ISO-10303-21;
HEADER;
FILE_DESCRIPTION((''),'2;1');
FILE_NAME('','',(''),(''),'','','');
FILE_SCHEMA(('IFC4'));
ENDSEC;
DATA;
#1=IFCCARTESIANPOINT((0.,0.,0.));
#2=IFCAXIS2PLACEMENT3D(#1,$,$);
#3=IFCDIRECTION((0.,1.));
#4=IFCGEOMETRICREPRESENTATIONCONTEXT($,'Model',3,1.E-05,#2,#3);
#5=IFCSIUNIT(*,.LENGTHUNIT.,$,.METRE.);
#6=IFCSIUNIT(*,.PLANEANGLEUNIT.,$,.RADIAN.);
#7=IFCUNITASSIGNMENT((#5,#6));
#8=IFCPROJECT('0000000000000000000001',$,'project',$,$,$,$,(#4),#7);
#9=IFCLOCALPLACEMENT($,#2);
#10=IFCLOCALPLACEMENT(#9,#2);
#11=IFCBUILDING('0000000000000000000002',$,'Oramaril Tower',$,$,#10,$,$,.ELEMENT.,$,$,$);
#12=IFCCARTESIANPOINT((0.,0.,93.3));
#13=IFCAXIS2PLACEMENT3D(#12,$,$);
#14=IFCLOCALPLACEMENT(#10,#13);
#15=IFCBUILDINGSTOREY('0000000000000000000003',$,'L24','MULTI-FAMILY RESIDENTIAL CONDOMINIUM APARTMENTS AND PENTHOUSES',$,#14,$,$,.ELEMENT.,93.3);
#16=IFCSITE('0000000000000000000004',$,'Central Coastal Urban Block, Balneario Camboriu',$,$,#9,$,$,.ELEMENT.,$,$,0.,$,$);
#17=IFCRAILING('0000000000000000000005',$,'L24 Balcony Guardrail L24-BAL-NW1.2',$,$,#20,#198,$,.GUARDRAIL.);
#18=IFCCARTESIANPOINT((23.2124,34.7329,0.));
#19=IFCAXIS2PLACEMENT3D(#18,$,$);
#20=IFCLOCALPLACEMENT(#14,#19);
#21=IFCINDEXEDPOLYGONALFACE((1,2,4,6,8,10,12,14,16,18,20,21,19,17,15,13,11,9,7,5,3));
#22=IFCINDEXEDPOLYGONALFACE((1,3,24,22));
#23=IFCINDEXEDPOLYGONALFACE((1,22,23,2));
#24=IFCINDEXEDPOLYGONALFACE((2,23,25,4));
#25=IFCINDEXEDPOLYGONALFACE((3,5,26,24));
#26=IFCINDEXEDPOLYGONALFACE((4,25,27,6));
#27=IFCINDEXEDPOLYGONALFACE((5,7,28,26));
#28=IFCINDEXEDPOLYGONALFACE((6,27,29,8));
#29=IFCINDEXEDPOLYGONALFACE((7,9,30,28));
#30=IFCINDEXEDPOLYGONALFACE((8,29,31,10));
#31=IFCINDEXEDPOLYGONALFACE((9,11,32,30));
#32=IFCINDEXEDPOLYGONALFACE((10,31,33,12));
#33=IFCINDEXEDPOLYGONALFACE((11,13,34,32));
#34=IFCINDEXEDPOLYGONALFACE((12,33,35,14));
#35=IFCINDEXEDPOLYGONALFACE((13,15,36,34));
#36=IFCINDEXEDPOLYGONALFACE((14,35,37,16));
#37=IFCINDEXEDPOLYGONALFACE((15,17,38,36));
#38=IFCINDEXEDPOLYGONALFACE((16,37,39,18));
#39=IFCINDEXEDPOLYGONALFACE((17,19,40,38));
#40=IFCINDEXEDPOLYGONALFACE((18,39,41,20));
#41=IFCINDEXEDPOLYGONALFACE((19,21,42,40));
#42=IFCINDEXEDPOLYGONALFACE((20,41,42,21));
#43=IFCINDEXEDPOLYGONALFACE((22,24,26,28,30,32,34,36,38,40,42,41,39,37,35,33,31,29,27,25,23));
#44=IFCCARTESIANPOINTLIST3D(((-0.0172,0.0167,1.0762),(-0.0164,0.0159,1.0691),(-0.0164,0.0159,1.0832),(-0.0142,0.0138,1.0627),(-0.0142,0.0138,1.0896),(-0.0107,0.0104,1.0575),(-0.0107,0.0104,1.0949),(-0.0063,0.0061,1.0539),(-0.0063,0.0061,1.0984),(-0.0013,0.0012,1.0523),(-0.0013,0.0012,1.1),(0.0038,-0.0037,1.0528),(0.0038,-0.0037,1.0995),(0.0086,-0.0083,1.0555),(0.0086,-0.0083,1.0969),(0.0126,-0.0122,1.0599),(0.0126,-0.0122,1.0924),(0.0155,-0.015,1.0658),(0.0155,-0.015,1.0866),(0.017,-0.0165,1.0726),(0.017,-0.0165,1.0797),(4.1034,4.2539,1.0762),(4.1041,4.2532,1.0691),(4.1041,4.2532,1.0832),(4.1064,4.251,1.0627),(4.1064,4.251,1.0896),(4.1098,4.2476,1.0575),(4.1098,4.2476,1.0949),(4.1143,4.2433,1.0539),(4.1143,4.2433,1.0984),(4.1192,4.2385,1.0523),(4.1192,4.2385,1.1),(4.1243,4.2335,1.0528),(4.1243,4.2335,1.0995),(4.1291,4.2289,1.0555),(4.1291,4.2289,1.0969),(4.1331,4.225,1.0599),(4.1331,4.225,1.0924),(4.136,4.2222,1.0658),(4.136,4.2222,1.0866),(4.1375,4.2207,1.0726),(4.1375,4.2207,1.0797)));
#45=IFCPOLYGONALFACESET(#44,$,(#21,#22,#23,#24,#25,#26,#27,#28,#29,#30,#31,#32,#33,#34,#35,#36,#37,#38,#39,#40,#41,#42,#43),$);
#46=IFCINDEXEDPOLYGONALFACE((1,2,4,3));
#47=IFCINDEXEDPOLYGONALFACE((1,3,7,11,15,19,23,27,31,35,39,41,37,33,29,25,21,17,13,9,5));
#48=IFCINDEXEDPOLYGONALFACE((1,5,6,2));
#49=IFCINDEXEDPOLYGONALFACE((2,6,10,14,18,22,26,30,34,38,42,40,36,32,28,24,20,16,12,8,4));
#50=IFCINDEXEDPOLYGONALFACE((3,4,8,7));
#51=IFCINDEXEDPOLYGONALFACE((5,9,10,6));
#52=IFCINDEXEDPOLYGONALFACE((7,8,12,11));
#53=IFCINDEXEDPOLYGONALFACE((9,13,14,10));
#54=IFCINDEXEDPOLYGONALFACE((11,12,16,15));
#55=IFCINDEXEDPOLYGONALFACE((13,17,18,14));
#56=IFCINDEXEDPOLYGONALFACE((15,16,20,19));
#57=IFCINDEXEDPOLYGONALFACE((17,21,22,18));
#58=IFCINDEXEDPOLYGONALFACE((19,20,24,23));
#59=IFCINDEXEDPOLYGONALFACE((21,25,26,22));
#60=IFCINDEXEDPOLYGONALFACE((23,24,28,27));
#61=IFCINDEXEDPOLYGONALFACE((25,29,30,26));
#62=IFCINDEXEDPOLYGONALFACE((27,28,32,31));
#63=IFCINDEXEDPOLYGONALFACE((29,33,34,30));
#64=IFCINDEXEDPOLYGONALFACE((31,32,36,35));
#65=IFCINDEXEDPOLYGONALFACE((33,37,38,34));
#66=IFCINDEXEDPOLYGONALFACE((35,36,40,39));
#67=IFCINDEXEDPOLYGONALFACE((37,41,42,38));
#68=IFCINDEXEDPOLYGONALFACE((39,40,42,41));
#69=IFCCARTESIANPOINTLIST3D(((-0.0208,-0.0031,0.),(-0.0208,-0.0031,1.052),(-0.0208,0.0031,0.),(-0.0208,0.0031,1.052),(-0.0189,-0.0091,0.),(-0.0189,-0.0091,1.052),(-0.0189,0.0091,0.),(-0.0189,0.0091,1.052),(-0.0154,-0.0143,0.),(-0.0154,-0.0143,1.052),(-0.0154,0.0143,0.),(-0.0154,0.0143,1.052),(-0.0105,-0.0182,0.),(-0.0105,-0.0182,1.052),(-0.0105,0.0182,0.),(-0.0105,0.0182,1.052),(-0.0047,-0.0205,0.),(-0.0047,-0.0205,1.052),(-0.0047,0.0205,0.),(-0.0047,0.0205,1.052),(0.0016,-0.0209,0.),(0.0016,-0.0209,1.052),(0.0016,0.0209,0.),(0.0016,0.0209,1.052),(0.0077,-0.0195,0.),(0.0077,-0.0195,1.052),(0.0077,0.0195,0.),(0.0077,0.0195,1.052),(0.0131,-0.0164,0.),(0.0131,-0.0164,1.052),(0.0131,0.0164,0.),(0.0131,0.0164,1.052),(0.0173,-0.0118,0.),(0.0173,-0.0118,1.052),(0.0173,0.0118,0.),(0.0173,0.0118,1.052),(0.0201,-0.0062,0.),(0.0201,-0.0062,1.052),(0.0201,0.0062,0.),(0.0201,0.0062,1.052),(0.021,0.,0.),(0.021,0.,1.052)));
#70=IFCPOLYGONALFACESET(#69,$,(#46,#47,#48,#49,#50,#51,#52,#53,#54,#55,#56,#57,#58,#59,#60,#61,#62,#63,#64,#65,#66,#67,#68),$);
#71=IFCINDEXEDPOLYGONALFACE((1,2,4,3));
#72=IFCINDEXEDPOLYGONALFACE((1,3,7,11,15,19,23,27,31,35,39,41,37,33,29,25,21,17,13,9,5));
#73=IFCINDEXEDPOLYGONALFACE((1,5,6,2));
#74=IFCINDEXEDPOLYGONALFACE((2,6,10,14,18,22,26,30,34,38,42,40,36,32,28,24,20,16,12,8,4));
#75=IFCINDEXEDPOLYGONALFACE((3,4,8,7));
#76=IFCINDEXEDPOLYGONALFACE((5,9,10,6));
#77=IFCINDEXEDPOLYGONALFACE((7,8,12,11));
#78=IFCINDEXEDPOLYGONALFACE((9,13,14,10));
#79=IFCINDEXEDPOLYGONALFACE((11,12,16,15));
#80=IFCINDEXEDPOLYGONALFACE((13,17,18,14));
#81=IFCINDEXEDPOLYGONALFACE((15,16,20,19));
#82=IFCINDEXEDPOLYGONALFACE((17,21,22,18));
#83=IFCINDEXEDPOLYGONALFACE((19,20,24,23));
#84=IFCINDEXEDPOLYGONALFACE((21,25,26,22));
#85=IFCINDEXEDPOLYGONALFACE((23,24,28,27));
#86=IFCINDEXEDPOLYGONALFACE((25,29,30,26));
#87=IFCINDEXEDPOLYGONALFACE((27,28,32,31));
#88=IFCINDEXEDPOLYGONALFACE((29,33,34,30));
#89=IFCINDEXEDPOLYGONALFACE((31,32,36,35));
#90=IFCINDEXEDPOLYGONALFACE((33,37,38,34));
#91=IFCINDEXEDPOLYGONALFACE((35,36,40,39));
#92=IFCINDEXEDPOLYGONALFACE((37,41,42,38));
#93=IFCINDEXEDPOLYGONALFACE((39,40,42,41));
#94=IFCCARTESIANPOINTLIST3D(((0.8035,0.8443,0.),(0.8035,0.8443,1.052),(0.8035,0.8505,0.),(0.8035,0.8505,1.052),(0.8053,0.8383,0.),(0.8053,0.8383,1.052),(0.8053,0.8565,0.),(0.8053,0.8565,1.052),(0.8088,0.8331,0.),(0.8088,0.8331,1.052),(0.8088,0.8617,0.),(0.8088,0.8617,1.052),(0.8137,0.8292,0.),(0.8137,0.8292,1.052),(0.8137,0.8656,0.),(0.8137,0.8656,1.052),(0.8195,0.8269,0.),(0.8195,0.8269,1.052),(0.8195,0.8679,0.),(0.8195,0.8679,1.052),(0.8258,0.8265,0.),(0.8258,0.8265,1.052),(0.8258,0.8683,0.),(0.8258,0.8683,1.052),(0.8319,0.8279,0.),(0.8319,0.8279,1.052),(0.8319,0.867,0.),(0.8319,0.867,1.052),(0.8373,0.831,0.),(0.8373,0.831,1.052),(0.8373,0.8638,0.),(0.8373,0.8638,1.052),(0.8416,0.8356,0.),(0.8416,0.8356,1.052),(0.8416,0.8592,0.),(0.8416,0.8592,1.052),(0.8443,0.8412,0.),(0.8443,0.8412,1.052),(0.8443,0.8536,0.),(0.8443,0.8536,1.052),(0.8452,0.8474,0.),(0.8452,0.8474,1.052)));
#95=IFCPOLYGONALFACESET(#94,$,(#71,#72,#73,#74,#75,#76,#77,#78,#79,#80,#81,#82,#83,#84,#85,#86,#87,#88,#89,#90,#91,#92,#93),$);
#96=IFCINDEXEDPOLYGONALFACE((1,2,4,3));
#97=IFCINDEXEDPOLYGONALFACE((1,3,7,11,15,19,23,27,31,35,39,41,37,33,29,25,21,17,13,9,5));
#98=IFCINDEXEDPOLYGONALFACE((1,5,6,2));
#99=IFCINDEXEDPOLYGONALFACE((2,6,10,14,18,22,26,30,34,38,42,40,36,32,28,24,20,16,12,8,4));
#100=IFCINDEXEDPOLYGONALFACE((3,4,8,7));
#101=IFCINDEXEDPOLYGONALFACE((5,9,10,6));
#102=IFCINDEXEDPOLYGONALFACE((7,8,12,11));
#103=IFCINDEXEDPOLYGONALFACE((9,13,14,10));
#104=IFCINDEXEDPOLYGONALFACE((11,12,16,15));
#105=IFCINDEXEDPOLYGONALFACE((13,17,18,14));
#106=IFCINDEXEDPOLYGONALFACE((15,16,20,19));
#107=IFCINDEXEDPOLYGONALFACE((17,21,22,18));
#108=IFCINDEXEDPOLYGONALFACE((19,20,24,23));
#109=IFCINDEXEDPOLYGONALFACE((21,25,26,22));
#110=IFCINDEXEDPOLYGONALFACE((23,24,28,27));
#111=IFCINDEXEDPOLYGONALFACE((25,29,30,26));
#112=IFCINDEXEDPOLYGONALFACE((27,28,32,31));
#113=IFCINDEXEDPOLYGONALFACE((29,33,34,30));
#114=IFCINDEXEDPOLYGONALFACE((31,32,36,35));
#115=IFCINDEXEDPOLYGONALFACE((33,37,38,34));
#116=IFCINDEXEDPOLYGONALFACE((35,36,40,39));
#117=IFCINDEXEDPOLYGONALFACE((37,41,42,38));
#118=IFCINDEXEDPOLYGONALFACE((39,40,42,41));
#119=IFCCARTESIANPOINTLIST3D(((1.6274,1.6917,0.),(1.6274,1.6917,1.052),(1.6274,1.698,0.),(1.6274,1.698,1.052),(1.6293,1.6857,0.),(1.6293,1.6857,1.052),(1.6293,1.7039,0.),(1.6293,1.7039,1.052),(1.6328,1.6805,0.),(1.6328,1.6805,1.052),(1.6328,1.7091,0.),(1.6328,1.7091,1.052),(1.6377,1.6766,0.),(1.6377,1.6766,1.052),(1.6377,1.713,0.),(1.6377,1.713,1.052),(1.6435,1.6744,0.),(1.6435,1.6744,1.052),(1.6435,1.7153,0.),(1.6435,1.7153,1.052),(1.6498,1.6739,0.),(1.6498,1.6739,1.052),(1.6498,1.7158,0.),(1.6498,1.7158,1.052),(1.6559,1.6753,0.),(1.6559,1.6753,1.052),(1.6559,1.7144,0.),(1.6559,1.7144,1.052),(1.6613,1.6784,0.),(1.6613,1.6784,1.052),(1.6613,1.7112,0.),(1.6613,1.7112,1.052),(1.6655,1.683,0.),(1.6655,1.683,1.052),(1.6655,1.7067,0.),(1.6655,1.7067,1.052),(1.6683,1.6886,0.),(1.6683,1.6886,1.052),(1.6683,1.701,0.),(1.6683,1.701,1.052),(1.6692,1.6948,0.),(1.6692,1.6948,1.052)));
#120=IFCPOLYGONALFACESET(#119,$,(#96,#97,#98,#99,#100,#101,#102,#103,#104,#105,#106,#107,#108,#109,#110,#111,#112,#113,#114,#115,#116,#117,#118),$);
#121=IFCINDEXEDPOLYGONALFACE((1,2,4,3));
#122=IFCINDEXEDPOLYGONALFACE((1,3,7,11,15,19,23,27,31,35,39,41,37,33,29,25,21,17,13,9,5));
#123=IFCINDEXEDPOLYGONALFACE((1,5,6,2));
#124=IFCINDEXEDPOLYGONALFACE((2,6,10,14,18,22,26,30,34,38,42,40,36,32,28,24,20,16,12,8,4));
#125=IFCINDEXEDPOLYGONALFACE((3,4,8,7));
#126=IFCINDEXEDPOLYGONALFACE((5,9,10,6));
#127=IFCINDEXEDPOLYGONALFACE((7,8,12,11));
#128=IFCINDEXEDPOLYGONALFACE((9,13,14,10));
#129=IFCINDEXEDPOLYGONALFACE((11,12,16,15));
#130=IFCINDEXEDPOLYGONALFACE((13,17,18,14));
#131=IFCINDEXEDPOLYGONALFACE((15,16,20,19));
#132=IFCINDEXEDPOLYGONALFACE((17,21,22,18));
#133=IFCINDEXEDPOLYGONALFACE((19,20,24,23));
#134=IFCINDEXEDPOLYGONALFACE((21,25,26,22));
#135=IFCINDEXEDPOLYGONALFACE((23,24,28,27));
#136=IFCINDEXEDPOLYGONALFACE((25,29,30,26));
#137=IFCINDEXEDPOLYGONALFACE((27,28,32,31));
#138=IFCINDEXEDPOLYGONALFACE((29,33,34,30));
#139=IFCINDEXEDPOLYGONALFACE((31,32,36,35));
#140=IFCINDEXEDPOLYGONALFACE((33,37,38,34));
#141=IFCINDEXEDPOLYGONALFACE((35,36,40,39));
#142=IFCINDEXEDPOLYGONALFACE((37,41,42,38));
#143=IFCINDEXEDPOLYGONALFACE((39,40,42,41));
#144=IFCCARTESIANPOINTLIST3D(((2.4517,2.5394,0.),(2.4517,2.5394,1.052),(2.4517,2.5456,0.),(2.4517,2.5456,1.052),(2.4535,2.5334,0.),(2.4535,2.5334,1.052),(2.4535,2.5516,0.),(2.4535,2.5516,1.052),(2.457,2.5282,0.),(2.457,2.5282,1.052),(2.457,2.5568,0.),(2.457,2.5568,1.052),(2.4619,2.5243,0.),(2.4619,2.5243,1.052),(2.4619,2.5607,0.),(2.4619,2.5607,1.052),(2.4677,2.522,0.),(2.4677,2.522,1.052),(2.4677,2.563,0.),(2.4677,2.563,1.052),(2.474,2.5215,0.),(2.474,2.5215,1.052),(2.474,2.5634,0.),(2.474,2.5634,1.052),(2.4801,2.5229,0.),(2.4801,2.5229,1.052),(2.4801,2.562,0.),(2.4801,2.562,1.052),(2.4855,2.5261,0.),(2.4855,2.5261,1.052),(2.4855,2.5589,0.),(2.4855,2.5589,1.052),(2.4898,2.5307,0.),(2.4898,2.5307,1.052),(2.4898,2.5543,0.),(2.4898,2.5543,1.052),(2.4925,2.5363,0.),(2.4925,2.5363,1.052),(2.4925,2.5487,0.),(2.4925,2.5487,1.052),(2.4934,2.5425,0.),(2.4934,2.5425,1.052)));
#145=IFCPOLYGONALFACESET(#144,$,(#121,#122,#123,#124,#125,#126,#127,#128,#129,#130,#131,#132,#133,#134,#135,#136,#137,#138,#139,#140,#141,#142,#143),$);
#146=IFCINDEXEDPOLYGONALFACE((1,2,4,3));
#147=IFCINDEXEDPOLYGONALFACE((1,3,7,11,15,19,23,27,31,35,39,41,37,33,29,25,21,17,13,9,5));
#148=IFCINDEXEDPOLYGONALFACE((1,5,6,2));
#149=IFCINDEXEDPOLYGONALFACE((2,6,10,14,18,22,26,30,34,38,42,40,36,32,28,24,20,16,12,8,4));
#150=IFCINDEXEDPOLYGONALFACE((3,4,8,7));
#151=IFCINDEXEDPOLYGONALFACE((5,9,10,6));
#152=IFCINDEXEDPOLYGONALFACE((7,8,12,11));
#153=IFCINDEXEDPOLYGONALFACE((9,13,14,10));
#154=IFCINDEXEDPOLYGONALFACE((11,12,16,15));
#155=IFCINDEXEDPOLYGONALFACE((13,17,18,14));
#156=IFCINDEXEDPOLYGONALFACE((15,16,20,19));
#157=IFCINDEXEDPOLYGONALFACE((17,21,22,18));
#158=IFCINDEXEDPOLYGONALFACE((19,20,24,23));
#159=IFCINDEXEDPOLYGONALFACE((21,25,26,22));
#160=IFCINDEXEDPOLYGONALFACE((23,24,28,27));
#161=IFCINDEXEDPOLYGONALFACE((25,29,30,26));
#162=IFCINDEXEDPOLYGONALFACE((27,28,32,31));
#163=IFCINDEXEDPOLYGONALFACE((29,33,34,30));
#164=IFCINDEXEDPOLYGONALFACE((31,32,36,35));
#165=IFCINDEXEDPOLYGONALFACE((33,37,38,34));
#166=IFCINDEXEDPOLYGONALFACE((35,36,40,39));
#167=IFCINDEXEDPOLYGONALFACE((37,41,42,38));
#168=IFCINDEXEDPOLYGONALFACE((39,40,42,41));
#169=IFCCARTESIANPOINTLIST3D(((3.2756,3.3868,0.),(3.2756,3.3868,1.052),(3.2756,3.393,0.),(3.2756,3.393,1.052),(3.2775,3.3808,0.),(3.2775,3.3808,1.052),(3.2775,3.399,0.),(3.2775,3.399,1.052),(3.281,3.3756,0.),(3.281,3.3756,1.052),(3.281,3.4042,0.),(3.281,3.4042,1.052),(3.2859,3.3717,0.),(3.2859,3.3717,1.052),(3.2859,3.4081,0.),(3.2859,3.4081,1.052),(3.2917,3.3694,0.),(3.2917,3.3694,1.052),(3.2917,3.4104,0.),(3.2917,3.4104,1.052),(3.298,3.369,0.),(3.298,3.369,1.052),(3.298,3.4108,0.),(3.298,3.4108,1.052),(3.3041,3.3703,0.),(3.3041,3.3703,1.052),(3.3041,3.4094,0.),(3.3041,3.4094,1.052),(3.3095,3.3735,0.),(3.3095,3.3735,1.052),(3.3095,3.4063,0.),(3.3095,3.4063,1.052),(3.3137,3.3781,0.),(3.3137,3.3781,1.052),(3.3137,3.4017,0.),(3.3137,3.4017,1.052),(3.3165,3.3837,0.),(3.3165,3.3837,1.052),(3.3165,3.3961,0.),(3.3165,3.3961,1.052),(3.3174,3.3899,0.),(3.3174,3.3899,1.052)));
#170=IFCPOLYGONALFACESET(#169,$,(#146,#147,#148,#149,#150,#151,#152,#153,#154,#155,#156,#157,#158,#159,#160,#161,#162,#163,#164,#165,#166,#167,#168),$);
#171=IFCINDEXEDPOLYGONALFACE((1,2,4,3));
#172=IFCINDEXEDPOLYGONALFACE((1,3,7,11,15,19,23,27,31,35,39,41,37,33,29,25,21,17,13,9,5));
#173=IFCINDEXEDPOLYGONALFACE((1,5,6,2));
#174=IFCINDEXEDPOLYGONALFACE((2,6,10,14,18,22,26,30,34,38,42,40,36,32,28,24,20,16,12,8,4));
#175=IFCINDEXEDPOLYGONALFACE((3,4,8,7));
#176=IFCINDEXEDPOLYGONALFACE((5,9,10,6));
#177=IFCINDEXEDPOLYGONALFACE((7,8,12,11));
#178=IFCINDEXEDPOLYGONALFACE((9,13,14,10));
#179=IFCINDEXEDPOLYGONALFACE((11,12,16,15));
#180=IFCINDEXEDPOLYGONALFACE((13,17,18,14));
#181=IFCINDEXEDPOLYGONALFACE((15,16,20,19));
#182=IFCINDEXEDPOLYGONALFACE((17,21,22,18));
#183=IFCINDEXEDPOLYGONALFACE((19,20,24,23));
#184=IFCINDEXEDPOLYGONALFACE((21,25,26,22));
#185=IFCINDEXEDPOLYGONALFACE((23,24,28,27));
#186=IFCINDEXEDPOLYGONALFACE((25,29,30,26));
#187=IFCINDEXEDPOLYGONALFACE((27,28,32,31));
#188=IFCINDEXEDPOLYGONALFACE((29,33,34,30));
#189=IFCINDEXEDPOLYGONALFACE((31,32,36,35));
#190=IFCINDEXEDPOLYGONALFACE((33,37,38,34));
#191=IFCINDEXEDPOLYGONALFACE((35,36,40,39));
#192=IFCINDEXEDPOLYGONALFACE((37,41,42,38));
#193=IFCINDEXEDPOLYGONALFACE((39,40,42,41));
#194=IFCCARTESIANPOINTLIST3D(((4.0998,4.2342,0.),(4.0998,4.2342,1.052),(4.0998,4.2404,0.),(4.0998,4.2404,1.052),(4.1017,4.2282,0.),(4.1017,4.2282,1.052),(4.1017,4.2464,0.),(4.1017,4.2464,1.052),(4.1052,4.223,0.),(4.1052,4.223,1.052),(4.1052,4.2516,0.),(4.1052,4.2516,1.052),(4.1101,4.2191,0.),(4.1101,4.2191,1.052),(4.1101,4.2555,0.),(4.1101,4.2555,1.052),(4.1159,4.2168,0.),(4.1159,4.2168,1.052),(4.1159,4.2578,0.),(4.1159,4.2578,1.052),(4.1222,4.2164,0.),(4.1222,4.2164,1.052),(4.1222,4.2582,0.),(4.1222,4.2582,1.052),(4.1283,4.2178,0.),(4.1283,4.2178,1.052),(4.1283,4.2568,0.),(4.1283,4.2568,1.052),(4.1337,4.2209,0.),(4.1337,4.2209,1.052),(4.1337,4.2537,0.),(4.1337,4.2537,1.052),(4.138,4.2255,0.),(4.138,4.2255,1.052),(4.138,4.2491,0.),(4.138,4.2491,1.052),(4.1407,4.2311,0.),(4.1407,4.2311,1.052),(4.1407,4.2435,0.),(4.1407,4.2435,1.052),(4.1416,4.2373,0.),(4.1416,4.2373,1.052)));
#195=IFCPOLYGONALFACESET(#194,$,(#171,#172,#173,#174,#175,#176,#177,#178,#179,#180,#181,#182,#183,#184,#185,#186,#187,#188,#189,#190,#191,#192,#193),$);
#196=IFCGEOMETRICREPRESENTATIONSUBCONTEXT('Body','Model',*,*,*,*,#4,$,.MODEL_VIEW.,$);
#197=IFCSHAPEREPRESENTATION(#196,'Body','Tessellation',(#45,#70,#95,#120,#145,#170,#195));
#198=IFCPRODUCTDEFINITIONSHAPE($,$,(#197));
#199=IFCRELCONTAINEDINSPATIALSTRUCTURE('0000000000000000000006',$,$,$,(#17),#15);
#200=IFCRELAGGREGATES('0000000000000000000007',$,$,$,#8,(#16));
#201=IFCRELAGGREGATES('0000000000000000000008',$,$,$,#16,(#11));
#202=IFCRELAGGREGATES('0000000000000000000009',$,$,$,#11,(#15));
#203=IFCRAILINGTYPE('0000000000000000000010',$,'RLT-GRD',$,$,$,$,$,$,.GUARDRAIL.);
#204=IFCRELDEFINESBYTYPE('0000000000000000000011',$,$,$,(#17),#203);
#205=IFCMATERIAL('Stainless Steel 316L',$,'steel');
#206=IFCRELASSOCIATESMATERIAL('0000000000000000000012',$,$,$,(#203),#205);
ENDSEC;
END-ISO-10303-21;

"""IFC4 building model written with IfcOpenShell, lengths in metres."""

from ifc_helpers import new_model, si_unit, direction, frame, origin, origin_2d, place, context, subcontext, project, spatial, circle, extrude, material, type_object, element, save


model = new_model("IFC4")

# Units and contexts
model_context = context("Model", 3, precision=1e-05, world=origin(), true_north=direction((0.0, 1.0)))
body_context = subcontext(model_context, "Body", "Model", "MODEL_VIEW")
ifc_project = project(units=[si_unit("LENGTHUNIT", "METRE"), si_unit("PLANEANGLEUNIT", "RADIAN")], contexts=[model_context])

# Site, building, storey
site_placement = place(None, origin())
site = spatial("IfcSite", under=ifc_project, at=site_placement, Name="Central Coastal Urban Block, Balneario Camboriu", CompositionType="ELEMENT", RefElevation=0.0)
building_placement = place(site_placement, origin())
building = spatial("IfcBuilding", under=site, at=building_placement, Name="Oramaril Tower", CompositionType="ELEMENT")
storey_placement = place(building_placement, frame((0.0, 0.0, 93.3)))
storey = spatial("IfcBuildingStorey", under=building, at=storey_placement, Name="L24", Description="MULTI-FAMILY RESIDENTIAL CONDOMINIUM APARTMENTS AND PENTHOUSES", CompositionType="ELEMENT", Elevation=93.3)

# Railing
ifc_material_1 = material(Name="Stainless Steel 316L", Category="steel")
railing_type = type_object("IfcRailingType", Name="RLT-GRD", PredefinedType="GUARDRAIL", material=ifc_material_1)
railing_1_placement = place(storey_placement, frame((23.2124, 34.7329, 0.0)))
element("IfcRailing", 1, at=railing_1_placement, inside=storey, type_object=railing_type, Name="L24 Balcony Guardrail L24-BAL-NW1.2", PredefinedType="GUARDRAIL", context=body_context, shape_type="SweptSolid", body=[
    extrude(circle(Radius=0.0239, at=origin_2d()), frame((0.0, 0.0, 1.0762), z_axis=(0.697166, 0.71691, 0.0), x_axis=(-0.71691, 0.697166, 0.0)), (0.0, 0.0, 1.0), 5.9104),
    extrude(circle(Radius=0.021, at=origin_2d()), origin(), (0.0, 0.0, 1.0), 1.052),
    extrude(circle(Radius=0.021, at=origin_2d()), frame((0.8242, 0.8474, 0.0)), (0.0, 0.0, 1.0), 1.052),
    extrude(circle(Radius=0.021, at=origin_2d()), frame((1.6482, 1.6948, 0.0)), (0.0, 0.0, 1.0), 1.052),
    extrude(circle(Radius=0.021, at=origin_2d()), frame((2.4724, 2.5425, 0.0)), (0.0, 0.0, 1.0), 1.052),
    extrude(circle(Radius=0.021, at=origin_2d()), frame((3.2964, 3.3899, 0.0)), (0.0, 0.0, 1.0), 1.052),
    extrude(circle(Radius=0.021, at=origin_2d()), frame((4.1206, 4.2373, 0.0)), (0.0, 0.0, 1.0), 1.052),
])

save(model, "model.ifc")
